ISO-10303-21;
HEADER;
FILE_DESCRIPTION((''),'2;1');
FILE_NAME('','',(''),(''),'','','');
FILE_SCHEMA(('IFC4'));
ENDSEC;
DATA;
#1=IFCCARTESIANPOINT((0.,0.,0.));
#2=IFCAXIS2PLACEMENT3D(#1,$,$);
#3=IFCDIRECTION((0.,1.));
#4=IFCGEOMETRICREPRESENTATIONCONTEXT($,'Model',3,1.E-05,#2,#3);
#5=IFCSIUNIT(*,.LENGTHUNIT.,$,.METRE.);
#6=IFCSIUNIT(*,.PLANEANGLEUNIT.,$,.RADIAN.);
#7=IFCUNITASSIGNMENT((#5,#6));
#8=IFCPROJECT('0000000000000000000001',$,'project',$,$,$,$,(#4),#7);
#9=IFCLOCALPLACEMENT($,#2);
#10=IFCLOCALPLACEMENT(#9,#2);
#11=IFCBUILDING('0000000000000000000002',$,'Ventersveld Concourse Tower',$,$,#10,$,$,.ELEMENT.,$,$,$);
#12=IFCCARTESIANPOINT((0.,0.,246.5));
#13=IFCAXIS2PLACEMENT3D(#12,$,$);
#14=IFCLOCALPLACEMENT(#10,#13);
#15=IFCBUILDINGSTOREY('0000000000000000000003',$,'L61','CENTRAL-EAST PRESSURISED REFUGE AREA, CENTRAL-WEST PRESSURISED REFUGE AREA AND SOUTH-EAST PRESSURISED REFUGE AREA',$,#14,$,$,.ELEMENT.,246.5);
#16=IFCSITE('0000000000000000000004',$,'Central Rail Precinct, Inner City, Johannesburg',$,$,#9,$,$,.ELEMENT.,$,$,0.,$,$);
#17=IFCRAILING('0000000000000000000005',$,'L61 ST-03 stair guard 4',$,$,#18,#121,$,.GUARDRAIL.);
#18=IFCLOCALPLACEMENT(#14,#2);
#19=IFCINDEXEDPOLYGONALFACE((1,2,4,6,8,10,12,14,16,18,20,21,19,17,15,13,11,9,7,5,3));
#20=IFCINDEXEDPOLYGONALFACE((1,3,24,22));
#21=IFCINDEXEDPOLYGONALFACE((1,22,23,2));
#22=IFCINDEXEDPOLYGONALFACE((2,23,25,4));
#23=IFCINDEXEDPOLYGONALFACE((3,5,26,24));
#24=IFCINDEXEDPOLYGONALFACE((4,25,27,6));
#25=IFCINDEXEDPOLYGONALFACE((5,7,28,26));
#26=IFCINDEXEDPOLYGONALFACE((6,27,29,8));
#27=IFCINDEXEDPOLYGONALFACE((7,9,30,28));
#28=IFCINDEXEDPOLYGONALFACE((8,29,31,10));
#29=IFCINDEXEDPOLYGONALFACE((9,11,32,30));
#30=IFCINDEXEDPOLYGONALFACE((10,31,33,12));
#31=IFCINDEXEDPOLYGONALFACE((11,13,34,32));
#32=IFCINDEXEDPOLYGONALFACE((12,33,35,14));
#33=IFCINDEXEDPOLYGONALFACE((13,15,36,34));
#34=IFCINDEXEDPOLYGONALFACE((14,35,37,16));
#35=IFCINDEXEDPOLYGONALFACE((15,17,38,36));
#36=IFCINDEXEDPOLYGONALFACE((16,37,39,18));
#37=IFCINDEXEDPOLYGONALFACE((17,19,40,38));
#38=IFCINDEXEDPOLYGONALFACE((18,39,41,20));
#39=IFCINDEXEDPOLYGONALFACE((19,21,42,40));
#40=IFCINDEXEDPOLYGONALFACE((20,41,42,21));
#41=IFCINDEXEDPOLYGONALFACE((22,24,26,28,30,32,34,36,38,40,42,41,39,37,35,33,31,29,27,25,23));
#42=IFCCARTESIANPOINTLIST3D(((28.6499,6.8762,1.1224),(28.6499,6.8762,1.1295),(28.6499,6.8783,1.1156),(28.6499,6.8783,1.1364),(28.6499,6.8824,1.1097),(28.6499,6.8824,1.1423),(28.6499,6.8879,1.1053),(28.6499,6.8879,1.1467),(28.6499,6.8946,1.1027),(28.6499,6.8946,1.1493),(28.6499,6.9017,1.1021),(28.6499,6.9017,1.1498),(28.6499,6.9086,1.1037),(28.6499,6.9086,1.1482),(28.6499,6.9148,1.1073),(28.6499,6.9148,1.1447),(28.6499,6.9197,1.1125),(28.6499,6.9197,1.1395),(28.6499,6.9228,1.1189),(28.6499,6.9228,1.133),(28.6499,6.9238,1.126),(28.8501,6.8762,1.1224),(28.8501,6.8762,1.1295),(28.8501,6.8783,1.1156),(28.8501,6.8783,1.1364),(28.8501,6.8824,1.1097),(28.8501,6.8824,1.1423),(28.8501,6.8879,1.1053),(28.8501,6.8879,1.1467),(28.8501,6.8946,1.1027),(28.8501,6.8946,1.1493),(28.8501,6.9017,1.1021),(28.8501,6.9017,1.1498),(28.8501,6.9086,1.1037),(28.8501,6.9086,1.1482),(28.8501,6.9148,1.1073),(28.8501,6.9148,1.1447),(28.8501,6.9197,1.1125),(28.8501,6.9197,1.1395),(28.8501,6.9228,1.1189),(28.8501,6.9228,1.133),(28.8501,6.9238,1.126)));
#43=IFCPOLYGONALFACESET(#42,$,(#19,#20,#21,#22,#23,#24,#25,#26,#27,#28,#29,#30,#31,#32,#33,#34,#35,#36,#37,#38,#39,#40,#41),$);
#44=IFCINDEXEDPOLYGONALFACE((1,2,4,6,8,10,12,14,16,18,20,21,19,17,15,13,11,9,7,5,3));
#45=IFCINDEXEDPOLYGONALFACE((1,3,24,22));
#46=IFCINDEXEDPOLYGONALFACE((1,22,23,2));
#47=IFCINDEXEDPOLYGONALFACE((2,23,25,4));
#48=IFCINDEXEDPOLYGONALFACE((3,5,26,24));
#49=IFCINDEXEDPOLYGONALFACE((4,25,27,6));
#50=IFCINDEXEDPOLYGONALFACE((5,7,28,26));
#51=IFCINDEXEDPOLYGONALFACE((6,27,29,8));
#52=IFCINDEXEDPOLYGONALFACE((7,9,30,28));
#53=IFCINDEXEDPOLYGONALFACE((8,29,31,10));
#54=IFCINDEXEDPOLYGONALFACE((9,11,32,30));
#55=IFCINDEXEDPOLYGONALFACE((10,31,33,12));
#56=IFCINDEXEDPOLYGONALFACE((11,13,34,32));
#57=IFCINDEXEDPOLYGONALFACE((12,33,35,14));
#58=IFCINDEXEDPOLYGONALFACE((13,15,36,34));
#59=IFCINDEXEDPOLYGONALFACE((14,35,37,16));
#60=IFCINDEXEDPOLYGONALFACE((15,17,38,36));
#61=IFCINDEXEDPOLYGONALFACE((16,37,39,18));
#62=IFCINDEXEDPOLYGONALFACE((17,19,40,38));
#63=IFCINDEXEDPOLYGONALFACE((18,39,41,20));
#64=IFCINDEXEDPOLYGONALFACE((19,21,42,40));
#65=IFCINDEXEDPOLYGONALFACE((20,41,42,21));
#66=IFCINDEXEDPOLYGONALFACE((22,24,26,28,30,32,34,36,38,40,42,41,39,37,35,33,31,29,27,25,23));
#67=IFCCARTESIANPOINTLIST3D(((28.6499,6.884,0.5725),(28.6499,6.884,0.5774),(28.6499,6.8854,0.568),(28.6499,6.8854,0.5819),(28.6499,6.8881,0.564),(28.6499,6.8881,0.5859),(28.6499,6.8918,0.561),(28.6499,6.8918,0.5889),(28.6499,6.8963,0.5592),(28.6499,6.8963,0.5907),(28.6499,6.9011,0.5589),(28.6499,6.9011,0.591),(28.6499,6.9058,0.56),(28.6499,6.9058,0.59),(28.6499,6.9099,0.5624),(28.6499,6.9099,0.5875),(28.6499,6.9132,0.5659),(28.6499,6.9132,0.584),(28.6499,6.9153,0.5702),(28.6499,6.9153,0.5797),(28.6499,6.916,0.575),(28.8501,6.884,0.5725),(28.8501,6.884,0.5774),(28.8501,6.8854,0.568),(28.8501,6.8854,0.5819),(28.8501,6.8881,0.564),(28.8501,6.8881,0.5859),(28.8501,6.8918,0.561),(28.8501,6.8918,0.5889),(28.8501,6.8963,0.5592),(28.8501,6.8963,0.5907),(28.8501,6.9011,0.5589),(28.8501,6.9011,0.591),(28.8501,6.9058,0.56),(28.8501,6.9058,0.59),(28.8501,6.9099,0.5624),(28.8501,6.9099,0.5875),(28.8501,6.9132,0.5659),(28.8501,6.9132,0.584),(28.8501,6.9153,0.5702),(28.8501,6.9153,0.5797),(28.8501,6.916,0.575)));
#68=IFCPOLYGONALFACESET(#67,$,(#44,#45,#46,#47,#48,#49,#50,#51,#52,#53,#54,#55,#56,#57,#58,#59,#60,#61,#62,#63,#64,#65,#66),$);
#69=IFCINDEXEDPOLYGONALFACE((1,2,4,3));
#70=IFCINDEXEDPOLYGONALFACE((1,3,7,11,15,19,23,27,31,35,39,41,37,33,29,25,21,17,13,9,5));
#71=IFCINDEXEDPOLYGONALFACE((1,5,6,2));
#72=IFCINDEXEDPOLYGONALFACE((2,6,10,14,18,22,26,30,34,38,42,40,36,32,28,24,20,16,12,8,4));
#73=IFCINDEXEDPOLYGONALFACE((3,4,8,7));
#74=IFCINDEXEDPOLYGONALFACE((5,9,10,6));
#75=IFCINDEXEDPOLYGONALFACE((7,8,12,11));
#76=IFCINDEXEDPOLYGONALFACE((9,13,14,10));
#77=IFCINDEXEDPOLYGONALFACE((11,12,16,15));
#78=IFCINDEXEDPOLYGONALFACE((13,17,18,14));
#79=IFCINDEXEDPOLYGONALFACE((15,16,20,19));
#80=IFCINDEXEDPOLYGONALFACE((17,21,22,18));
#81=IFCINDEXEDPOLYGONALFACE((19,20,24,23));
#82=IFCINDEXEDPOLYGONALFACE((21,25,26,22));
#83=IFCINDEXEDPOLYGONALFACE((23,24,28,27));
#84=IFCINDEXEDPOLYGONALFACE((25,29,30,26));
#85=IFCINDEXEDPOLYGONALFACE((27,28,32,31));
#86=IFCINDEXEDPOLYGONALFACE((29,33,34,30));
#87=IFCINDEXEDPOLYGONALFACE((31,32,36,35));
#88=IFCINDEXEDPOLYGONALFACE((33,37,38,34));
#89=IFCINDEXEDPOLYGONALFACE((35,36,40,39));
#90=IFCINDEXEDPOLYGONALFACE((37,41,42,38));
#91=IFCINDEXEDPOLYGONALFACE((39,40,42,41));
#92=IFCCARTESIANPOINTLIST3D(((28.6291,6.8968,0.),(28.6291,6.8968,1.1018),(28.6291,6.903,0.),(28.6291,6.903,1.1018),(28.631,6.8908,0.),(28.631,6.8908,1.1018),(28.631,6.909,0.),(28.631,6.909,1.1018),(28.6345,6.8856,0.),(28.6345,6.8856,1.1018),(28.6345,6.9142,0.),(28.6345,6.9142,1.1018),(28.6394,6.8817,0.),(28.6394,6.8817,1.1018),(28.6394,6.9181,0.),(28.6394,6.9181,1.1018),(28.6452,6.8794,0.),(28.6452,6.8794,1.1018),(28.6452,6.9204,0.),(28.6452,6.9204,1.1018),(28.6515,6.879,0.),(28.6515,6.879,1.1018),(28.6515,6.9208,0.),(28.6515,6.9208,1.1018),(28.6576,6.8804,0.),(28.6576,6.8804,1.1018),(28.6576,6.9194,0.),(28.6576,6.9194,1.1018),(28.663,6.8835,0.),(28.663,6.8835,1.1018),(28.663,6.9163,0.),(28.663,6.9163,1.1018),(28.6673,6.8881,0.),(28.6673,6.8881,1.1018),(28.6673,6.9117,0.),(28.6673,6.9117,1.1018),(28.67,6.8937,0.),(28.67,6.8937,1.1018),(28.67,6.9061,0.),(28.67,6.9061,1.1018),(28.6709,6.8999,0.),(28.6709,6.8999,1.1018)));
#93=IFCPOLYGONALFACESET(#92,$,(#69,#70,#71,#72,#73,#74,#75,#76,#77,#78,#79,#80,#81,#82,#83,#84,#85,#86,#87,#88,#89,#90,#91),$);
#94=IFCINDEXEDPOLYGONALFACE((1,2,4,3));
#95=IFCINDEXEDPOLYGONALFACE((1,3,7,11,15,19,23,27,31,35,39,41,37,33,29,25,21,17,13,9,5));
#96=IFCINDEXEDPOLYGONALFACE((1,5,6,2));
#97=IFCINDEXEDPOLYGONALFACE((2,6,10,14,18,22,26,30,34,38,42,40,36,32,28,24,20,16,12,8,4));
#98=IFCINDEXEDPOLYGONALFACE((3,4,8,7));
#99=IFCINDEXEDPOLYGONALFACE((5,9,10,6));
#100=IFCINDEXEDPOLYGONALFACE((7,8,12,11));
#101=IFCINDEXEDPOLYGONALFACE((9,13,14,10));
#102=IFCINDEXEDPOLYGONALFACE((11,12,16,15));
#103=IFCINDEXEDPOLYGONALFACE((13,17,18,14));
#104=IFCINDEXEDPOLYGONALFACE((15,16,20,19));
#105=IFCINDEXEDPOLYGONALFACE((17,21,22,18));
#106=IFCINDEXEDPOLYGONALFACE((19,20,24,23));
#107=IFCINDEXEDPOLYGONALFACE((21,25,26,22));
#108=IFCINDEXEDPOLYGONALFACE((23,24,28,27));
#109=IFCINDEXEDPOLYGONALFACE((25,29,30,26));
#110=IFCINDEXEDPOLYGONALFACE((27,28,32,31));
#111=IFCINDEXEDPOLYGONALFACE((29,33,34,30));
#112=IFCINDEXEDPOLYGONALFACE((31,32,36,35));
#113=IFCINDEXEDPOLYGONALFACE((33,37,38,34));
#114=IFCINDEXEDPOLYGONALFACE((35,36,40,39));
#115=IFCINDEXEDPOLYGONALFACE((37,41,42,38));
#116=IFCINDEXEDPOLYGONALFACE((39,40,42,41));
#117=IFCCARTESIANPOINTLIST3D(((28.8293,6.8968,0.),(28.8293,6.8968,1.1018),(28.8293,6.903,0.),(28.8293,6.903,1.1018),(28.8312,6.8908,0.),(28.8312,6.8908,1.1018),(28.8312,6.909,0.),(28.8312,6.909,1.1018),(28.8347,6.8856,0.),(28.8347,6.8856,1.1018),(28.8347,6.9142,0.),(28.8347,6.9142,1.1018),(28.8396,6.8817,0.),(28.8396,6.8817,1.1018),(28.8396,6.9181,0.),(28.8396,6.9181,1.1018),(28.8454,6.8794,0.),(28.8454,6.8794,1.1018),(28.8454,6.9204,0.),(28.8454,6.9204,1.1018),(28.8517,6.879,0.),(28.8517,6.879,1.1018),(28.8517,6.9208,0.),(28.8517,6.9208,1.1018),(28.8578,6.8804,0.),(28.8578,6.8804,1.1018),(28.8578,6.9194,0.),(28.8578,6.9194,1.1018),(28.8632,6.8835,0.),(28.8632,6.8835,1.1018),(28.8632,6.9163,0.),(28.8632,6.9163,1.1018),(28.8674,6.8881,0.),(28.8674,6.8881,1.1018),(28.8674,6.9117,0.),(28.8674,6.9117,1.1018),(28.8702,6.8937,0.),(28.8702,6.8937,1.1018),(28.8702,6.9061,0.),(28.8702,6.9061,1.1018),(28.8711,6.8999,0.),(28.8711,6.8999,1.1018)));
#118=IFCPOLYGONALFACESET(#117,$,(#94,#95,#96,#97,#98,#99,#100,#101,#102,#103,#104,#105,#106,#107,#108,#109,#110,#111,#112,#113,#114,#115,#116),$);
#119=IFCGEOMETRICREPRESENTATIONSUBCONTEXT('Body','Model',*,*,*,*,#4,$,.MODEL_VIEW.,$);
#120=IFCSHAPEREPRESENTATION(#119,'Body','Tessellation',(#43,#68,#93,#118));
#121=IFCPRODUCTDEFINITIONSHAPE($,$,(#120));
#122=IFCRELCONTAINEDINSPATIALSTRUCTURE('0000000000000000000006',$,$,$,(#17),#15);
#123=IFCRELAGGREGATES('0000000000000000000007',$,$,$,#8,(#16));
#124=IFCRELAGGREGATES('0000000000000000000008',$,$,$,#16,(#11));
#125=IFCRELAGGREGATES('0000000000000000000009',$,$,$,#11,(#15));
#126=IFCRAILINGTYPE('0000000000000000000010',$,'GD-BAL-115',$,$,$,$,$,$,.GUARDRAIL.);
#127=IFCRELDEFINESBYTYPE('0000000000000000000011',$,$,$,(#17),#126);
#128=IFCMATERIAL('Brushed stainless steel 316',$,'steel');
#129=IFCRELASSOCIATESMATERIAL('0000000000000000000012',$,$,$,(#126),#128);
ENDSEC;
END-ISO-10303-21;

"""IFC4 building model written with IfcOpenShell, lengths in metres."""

from ifc_helpers import new_model, si_unit, direction, frame, origin, origin_2d, place, context, subcontext, project, spatial, circle, extrude, material, type_object, element, save


model = new_model("IFC4")

# Units and contexts
model_context = context("Model", 3, precision=1e-05, world=origin(), true_north=direction((0.0, 1.0)))
body_context = subcontext(model_context, "Body", "Model", "MODEL_VIEW")
ifc_project = project(units=[si_unit("LENGTHUNIT", "METRE"), si_unit("PLANEANGLEUNIT", "RADIAN")], contexts=[model_context])

# Site, building, storey
site_placement = place(None, origin())
site = spatial("IfcSite", under=ifc_project, at=site_placement, Name="Central Rail Precinct, Inner City, Johannesburg", CompositionType="ELEMENT", RefElevation=0.0)
building_placement = place(site_placement, origin())
building = spatial("IfcBuilding", under=site, at=building_placement, Name="Ventersveld Concourse Tower", CompositionType="ELEMENT")
storey_placement = place(building_placement, frame((0.0, 0.0, 246.5)))
storey = spatial("IfcBuildingStorey", under=building, at=storey_placement, Name="L61", Description="CENTRAL-EAST PRESSURISED REFUGE AREA, CENTRAL-WEST PRESSURISED REFUGE AREA AND SOUTH-EAST PRESSURISED REFUGE AREA", CompositionType="ELEMENT", Elevation=246.5)

# Railing
ifc_material_1 = material(Name="Brushed stainless steel 316", Category="steel")
railing_type_1 = type_object("IfcRailingType", Name="GD-BAL-115", PredefinedType="GUARDRAIL", material=ifc_material_1)
railing_1_placement = place(storey_placement, frame((28.6499, 6.8999, 0.0)))
element("IfcRailing", 1, at=railing_1_placement, inside=storey, type_object=railing_type_1, Name="L61 ST-03 stair guard 4", PredefinedType="GUARDRAIL", context=body_context, shape_type="SweptSolid", body=[
    extrude(circle(Radius=0.0239, at=origin_2d()), frame((0.0, 0.0, 1.126), z_axis=(1.0, 0.0, 0.0), x_axis=(0.0, 1.0, 0.0)), (0.0, 0.0, 1.0), 0.2002),
    extrude(circle(Radius=0.0161, at=origin_2d()), frame((0.0, 0.0, 0.575), z_axis=(1.0, 0.0, 0.0), x_axis=(0.0, 1.0, 0.0)), (0.0, 0.0, 1.0), 0.2002),
    extrude(circle(Radius=0.021, at=origin_2d()), origin(), (0.0, 0.0, 1.0), 1.1018),
    extrude(circle(Radius=0.021, at=origin_2d()), frame((0.2002, 0.0, 0.0)), (0.0, 0.0, 1.0), 1.1018),
])

save(model, "model.ifc")
